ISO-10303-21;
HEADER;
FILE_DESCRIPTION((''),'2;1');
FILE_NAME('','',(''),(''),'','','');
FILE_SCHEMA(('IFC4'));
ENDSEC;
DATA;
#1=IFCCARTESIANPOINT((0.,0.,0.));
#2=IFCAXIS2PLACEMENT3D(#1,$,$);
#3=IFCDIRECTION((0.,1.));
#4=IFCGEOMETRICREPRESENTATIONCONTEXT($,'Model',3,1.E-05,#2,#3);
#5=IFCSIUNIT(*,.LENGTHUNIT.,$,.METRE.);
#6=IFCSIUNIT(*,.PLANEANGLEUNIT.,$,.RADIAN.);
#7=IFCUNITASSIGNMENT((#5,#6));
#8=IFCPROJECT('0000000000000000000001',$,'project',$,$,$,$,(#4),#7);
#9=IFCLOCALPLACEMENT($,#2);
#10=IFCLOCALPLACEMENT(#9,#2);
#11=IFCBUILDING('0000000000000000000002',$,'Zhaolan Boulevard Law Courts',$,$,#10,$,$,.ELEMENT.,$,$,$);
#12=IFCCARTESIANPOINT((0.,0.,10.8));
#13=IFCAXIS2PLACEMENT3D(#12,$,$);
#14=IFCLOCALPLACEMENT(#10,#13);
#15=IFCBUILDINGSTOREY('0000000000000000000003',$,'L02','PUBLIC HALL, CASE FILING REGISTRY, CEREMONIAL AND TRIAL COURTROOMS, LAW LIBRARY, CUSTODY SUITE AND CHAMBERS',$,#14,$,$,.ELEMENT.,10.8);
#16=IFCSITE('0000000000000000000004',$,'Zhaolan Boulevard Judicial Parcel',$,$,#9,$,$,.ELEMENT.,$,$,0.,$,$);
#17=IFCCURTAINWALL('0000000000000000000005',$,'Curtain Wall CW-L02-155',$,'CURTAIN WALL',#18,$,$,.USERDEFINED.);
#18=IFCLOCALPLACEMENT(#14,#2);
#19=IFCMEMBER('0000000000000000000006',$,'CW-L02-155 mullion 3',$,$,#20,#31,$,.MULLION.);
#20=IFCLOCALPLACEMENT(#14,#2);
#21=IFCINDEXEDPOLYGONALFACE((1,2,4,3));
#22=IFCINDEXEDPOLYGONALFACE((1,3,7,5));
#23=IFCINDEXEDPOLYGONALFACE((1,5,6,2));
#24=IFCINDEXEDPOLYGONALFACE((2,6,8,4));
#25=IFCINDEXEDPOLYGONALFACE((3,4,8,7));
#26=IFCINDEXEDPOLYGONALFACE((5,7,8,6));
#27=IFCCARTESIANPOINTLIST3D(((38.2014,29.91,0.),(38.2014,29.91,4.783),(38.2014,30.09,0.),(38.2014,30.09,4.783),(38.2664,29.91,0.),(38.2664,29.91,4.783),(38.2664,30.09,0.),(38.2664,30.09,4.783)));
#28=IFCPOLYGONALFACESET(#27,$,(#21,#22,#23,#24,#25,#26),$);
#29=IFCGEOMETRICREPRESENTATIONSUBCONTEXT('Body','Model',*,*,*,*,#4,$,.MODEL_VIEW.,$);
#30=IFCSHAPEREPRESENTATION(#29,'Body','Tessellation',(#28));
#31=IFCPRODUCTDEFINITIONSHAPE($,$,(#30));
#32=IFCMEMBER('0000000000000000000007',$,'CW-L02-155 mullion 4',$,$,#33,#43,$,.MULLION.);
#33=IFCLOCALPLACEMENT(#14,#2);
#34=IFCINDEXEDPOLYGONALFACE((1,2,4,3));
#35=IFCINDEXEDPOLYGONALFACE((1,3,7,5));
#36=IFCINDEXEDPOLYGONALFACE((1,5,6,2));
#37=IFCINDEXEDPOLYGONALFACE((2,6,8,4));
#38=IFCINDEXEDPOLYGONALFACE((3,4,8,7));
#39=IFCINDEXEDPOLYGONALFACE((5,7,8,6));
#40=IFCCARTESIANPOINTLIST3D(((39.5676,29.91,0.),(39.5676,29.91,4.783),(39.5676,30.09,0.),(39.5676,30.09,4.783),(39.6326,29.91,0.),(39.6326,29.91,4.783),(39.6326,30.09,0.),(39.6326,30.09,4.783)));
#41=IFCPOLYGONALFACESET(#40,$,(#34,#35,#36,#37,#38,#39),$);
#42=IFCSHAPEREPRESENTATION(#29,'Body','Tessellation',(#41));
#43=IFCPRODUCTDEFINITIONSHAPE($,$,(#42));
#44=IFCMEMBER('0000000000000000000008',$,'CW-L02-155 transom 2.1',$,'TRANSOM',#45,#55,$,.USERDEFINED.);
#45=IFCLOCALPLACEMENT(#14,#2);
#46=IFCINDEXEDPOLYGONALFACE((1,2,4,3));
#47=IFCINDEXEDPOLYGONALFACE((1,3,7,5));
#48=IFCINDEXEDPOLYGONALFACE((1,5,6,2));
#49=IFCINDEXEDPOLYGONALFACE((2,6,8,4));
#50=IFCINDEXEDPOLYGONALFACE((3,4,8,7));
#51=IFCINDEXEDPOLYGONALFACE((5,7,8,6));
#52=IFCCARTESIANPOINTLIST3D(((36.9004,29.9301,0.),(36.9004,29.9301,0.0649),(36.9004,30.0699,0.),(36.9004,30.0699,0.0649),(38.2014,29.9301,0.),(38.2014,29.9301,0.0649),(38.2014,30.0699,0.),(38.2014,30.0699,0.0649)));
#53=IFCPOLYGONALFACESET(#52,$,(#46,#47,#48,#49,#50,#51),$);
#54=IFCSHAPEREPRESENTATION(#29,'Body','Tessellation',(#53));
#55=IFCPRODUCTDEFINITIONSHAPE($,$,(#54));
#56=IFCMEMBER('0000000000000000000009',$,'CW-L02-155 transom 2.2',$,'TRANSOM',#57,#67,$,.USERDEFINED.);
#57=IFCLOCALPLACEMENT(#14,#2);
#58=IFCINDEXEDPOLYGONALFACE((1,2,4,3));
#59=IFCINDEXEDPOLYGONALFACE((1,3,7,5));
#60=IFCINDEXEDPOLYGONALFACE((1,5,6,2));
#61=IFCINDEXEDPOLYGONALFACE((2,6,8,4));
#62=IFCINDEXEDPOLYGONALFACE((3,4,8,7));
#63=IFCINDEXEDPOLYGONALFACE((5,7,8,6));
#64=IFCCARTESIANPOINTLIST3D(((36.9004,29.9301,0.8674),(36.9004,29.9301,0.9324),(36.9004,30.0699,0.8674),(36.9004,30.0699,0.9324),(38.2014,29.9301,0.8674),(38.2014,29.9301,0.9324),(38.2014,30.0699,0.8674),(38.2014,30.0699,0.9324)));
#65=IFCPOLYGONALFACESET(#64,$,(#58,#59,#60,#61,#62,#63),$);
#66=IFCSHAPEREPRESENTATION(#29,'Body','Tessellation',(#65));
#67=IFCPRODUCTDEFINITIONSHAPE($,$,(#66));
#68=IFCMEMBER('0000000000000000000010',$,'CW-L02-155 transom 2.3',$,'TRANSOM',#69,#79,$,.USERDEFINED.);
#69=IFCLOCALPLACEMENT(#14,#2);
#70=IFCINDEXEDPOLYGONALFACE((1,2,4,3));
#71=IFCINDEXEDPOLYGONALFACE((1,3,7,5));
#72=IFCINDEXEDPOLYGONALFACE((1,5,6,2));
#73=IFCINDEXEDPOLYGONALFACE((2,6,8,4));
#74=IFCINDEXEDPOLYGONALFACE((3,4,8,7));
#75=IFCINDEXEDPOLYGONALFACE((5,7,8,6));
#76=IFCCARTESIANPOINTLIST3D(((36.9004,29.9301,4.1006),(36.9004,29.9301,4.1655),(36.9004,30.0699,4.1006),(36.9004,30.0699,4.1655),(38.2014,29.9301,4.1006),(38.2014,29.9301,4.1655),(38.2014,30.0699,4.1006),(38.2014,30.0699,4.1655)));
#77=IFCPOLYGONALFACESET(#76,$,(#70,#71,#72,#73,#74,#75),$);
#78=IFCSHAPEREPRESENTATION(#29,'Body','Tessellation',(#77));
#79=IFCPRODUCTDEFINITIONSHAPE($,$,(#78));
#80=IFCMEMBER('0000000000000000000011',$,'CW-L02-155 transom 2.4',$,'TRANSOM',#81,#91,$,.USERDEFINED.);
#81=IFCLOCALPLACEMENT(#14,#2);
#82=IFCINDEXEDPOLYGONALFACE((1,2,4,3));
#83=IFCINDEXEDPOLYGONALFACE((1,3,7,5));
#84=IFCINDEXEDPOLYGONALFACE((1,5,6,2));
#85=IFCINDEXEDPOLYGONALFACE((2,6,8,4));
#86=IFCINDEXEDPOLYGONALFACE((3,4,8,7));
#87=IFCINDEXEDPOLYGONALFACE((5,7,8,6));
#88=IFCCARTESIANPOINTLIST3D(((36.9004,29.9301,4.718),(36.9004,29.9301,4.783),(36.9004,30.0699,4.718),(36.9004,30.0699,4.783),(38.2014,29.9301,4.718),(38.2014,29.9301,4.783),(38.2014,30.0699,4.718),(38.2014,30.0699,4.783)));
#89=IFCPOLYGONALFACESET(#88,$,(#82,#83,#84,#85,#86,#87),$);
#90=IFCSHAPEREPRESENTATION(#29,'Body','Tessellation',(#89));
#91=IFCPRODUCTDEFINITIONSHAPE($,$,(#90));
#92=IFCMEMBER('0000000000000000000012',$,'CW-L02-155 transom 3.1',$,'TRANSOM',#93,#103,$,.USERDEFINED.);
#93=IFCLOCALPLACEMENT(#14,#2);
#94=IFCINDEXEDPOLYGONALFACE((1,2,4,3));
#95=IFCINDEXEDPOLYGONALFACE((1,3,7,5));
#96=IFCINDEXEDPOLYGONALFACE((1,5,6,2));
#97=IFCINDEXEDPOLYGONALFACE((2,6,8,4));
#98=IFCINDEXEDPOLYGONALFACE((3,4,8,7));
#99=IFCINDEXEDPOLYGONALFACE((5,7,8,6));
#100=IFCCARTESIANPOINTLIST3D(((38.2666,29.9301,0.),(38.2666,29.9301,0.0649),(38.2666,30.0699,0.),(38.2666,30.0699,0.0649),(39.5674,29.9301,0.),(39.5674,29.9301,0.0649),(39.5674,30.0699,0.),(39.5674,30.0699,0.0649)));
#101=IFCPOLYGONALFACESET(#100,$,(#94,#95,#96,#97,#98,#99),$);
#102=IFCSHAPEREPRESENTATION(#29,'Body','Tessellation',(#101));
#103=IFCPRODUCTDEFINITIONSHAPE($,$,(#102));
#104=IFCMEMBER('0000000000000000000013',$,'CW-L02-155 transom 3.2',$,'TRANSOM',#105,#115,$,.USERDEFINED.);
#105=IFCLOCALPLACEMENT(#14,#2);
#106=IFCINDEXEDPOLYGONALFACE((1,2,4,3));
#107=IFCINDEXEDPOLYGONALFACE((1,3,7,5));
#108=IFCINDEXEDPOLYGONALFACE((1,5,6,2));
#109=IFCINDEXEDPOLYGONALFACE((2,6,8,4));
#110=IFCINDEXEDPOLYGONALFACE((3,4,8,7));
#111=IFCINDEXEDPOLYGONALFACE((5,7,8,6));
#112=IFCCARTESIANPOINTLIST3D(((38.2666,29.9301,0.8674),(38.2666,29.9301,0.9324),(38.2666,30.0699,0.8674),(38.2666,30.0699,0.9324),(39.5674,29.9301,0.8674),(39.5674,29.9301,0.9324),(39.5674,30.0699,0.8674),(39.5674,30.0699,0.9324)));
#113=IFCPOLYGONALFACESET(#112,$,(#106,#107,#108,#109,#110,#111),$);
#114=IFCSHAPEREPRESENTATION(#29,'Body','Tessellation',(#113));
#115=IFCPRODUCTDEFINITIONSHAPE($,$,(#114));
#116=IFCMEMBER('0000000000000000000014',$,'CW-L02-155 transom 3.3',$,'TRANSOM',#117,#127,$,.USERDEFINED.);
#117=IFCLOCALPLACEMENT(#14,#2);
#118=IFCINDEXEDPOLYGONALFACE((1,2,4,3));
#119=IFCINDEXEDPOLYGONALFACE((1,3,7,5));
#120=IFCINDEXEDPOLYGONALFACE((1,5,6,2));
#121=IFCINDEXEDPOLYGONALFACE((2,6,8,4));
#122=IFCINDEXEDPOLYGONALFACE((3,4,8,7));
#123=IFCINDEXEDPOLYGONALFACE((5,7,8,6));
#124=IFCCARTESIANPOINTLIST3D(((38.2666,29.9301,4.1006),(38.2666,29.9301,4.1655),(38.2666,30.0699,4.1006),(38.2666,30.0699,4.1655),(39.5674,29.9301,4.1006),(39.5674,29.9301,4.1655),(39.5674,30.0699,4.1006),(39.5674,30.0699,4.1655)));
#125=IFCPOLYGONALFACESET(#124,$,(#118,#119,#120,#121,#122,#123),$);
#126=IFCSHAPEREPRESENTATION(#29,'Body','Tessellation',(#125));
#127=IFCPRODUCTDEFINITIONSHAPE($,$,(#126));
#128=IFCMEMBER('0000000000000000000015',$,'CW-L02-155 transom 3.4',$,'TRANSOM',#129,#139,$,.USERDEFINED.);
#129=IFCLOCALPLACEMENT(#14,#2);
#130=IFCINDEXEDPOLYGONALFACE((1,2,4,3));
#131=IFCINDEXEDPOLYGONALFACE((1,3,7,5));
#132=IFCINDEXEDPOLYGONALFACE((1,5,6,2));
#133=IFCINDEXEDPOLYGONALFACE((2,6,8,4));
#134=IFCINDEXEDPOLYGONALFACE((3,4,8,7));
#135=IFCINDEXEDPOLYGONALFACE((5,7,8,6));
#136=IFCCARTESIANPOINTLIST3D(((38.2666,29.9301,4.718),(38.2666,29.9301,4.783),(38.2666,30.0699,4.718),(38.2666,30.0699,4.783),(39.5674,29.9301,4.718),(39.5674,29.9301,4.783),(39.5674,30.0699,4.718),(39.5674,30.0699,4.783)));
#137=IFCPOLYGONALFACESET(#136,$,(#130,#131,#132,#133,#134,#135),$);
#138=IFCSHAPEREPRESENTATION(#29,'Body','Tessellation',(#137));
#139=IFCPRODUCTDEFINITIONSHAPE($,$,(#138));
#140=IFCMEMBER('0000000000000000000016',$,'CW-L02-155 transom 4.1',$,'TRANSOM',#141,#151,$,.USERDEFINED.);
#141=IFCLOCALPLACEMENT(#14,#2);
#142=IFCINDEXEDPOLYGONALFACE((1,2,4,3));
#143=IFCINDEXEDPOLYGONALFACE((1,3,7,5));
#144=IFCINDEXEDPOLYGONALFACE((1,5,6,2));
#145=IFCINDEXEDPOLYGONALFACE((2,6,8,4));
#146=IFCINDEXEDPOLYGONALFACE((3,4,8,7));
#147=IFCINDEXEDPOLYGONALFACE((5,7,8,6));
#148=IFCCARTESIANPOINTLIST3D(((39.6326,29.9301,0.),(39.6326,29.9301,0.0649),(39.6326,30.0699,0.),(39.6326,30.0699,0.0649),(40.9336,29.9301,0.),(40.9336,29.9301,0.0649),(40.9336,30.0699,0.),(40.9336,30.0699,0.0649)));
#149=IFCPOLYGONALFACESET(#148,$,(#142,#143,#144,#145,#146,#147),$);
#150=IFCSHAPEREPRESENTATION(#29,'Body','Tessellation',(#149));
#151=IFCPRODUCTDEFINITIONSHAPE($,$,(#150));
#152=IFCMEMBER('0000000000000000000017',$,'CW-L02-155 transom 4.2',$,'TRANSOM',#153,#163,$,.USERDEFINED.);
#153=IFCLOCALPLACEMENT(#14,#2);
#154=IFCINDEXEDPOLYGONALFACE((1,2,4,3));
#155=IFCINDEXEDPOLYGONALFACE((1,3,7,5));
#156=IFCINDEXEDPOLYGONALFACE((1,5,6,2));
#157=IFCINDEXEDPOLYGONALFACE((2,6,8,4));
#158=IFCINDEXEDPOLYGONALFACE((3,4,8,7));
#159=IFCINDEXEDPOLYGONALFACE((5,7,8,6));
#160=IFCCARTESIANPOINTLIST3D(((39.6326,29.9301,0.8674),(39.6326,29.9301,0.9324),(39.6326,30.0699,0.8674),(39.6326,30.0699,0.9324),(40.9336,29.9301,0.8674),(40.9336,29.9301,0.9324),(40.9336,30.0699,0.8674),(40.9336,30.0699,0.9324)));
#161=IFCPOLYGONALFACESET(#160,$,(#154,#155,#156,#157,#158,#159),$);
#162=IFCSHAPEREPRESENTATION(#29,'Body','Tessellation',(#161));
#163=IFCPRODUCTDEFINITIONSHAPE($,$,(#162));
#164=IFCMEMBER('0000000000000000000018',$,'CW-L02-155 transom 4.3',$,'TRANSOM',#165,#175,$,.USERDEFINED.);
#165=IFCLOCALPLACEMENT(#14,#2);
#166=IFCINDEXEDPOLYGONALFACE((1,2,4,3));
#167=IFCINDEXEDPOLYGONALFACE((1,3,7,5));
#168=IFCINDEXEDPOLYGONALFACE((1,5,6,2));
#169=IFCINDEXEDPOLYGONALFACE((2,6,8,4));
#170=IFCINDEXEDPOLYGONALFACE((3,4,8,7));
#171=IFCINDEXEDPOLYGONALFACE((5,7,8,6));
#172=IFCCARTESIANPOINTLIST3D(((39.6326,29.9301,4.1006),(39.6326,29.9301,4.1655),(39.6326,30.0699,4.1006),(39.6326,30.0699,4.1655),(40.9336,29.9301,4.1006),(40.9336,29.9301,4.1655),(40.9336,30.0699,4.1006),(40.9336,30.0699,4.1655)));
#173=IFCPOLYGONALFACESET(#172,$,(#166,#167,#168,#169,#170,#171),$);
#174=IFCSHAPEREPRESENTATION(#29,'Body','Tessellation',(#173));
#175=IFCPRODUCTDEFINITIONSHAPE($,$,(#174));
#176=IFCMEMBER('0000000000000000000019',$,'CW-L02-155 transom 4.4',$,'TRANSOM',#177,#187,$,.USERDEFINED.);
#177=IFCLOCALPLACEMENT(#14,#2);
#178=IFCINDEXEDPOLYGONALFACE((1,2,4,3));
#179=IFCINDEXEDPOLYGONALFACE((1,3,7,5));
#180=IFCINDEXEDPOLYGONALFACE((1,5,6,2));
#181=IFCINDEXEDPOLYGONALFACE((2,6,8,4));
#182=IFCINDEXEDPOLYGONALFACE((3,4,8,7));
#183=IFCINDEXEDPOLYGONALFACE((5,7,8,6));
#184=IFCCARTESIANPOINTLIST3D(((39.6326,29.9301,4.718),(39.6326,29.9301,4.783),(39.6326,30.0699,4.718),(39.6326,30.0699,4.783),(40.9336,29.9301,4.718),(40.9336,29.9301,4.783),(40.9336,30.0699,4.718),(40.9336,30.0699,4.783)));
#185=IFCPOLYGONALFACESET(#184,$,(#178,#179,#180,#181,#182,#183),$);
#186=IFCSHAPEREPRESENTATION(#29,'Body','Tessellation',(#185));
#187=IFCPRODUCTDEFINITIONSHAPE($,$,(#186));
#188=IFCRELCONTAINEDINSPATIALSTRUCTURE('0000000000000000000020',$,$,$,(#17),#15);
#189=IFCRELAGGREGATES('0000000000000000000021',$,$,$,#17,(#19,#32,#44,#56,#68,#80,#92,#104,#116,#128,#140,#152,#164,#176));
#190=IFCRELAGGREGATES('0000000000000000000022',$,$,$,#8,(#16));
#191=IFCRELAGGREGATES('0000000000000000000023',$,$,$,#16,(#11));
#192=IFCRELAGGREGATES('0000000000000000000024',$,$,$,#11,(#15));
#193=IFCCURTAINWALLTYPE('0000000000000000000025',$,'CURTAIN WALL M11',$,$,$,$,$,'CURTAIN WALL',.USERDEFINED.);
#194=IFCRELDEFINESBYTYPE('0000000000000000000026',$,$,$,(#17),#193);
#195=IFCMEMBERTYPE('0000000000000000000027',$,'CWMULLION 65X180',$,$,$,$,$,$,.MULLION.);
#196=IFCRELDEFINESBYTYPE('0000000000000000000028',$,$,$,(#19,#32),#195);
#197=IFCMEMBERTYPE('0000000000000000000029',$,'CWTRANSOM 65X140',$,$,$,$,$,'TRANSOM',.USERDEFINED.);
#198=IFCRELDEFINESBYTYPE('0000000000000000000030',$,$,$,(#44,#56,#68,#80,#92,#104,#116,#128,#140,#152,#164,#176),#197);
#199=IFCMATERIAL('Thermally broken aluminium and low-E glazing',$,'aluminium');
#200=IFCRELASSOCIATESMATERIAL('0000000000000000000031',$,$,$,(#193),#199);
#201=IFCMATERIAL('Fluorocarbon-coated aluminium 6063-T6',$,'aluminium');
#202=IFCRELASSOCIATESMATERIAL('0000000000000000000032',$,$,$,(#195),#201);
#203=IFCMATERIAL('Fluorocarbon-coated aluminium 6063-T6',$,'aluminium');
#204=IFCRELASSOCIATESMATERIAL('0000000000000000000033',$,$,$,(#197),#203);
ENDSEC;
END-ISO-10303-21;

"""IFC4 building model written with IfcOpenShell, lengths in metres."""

from ifc_helpers import new_model, si_unit, direction, frame, origin, origin_2d, place, context, subcontext, project, spatial, rectangle, extrude, material, material_profile, profile_set, type_object, element, aggregate, save


model = new_model("IFC4")

# Units and contexts
model_context = context("Model", 3, precision=1e-05, world=origin(), true_north=direction((0.0, 1.0)))
body_context = subcontext(model_context, "Body", "Model", "MODEL_VIEW")
ifc_project = project(units=[si_unit("LENGTHUNIT", "METRE"), si_unit("PLANEANGLEUNIT", "RADIAN")], contexts=[model_context])

# Site, building, storey
site_placement = place(None, origin())
site = spatial("IfcSite", under=ifc_project, at=site_placement, Name="Zhaolan Boulevard Judicial Parcel", CompositionType="ELEMENT", RefElevation=0.0)
building_placement = place(site_placement, origin())
building = spatial("IfcBuilding", under=site, at=building_placement, Name="Zhaolan Boulevard Law Courts", CompositionType="ELEMENT")
storey_placement = place(building_placement, frame((0.0, 0.0, 10.8)))
storey = spatial("IfcBuildingStorey", under=building, at=storey_placement, Name="L02", Description="PUBLIC HALL, CASE FILING REGISTRY, CEREMONIAL AND TRIAL COURTROOMS, LAW LIBRARY, CUSTODY SUITE AND CHAMBERS", CompositionType="ELEMENT", Elevation=10.8)

# Curtain wall, members
ifc_material_1 = material(Name="Thermally broken aluminium and low-E glazing", Category="aluminium")
curtain_wall_type = type_object("IfcCurtainWallType", Name="CURTAIN WALL M11", ElementType="CURTAIN WALL", PredefinedType="USERDEFINED", material=ifc_material_1)
curtain_wall_placement = place(storey_placement, origin())
curtain_wall = element("IfcCurtainWall", 1, at=curtain_wall_placement, inside=storey, type_object=curtain_wall_type, Name="Curtain Wall CW-L02-155", ObjectType="CURTAIN WALL", PredefinedType="USERDEFINED")
ifc_material_2 = material(Name="Fluorocarbon-coated aluminium 6063-T6", Category="aluminium")
ifc_material_profile_1 = material_profile(ifc_material_2, rectangle(XDim=0.1799, YDim=0.0649, at=origin_2d()), Name="AL65x180")
ifc_profile_set_1 = profile_set([ifc_material_profile_1], Name="Fluorocarbon-coated aluminium 6063-T6")
member_type_1 = type_object("IfcMemberType", Name="CWMULLION 65X180", PredefinedType="MULLION", material=ifc_profile_set_1)
member_1_placement = place(storey_placement, frame((38.2339, 30.0, 0.0), z_axis=(0.0, 0.0, 1.0), x_axis=(0.0, 1.0, 0.0)))
member_1 = element("IfcMember", 2, at=member_1_placement, type_object=member_type_1, Name="CW-L02-155 mullion 3", PredefinedType="MULLION", context=body_context, shape_type="SweptSolid", body=[
    extrude(rectangle(XDim=0.1799, YDim=0.0649, at=origin_2d()), origin(), (0.0, 0.0, 1.0), 4.783),
])
member_2_placement = place(storey_placement, frame((39.6001, 30.0, 0.0), z_axis=(0.0, 0.0, 1.0), x_axis=(0.0, 1.0, 0.0)))
member_2 = element("IfcMember", 3, at=member_2_placement, type_object=member_type_1, Name="CW-L02-155 mullion 4", PredefinedType="MULLION", context=body_context, shape_type="SweptSolid", body=[
    extrude(rectangle(XDim=0.1799, YDim=0.0649, at=origin_2d()), origin(), (0.0, 0.0, 1.0), 4.783),
])
ifc_material_3 = material(Name="Fluorocarbon-coated aluminium 6063-T6", Category="aluminium")
ifc_material_profile_2 = material_profile(ifc_material_3, rectangle(XDim=0.1399, YDim=0.0649, at=origin_2d()), Name="AL65x140")
ifc_profile_set_2 = profile_set([ifc_material_profile_2], Name="Fluorocarbon-coated aluminium 6063-T6")
member_type_2 = type_object("IfcMemberType", Name="CWTRANSOM 65X140", ElementType="TRANSOM", PredefinedType="USERDEFINED", material=ifc_profile_set_2)
member_3_placement = place(storey_placement, frame((36.9004, 30.0, 0.0325), z_axis=(1.0, 0.0, 0.0), x_axis=(0.0, 1.0, 0.0)))
member_3 = element("IfcMember", 4, at=member_3_placement, type_object=member_type_2, Name="CW-L02-155 transom 2.1", ObjectType="TRANSOM", PredefinedType="USERDEFINED", context=body_context, shape_type="SweptSolid", body=[
    extrude(rectangle(XDim=0.1399, YDim=0.0649, at=origin_2d()), origin(), (0.0, 0.0, 1.0), 1.301),
])
member_4_placement = place(storey_placement, frame((36.9004, 30.0, 0.8999), z_axis=(1.0, 0.0, 0.0), x_axis=(0.0, 1.0, 0.0)))
member_4 = element("IfcMember", 5, at=member_4_placement, type_object=member_type_2, Name="CW-L02-155 transom 2.2", ObjectType="TRANSOM", PredefinedType="USERDEFINED", context=body_context, shape_type="SweptSolid", body=[
    extrude(rectangle(XDim=0.1399, YDim=0.0649, at=origin_2d()), origin(), (0.0, 0.0, 1.0), 1.301),
])
member_5_placement = place(storey_placement, frame((36.9004, 30.0, 4.1331), z_axis=(1.0, 0.0, 0.0), x_axis=(0.0, 1.0, 0.0)))
member_5 = element("IfcMember", 6, at=member_5_placement, type_object=member_type_2, Name="CW-L02-155 transom 2.3", ObjectType="TRANSOM", PredefinedType="USERDEFINED", context=body_context, shape_type="SweptSolid", body=[
    extrude(rectangle(XDim=0.1399, YDim=0.0649, at=origin_2d()), origin(), (0.0, 0.0, 1.0), 1.301),
])
member_6_placement = place(storey_placement, frame((36.9004, 30.0, 4.7505), z_axis=(1.0, 0.0, 0.0), x_axis=(0.0, 1.0, 0.0)))
member_6 = element("IfcMember", 7, at=member_6_placement, type_object=member_type_2, Name="CW-L02-155 transom 2.4", ObjectType="TRANSOM", PredefinedType="USERDEFINED", context=body_context, shape_type="SweptSolid", body=[
    extrude(rectangle(XDim=0.1399, YDim=0.0649, at=origin_2d()), origin(), (0.0, 0.0, 1.0), 1.301),
])
member_7_placement = place(storey_placement, frame((38.2666, 30.0, 0.0325), z_axis=(1.0, 0.0, 0.0), x_axis=(0.0, 1.0, 0.0)))
member_7 = element("IfcMember", 8, at=member_7_placement, type_object=member_type_2, Name="CW-L02-155 transom 3.1", ObjectType="TRANSOM", PredefinedType="USERDEFINED", context=body_context, shape_type="SweptSolid", body=[
    extrude(rectangle(XDim=0.1399, YDim=0.0649, at=origin_2d()), origin(), (0.0, 0.0, 1.0), 1.3008),
])
member_8_placement = place(storey_placement, frame((38.2666, 30.0, 0.8999), z_axis=(1.0, 0.0, 0.0), x_axis=(0.0, 1.0, 0.0)))
member_8 = element("IfcMember", 9, at=member_8_placement, type_object=member_type_2, Name="CW-L02-155 transom 3.2", ObjectType="TRANSOM", PredefinedType="USERDEFINED", context=body_context, shape_type="SweptSolid", body=[
    extrude(rectangle(XDim=0.1399, YDim=0.0649, at=origin_2d()), origin(), (0.0, 0.0, 1.0), 1.3008),
])
member_9_placement = place(storey_placement, frame((38.2666, 30.0, 4.1331), z_axis=(1.0, 0.0, 0.0), x_axis=(0.0, 1.0, 0.0)))
member_9 = element("IfcMember", 10, at=member_9_placement, type_object=member_type_2, Name="CW-L02-155 transom 3.3", ObjectType="TRANSOM", PredefinedType="USERDEFINED", context=body_context, shape_type="SweptSolid", body=[
    extrude(rectangle(XDim=0.1399, YDim=0.0649, at=origin_2d()), origin(), (0.0, 0.0, 1.0), 1.3008),
])
member_10_placement = place(storey_placement, frame((38.2666, 30.0, 4.7505), z_axis=(1.0, 0.0, 0.0), x_axis=(0.0, 1.0, 0.0)))
member_10 = element("IfcMember", 11, at=member_10_placement, type_object=member_type_2, Name="CW-L02-155 transom 3.4", ObjectType="TRANSOM", PredefinedType="USERDEFINED", context=body_context, shape_type="SweptSolid", body=[
    extrude(rectangle(XDim=0.1399, YDim=0.0649, at=origin_2d()), origin(), (0.0, 0.0, 1.0), 1.3008),
])
member_11_placement = place(storey_placement, frame((39.6326, 30.0, 0.0325), z_axis=(1.0, 0.0, 0.0), x_axis=(0.0, 1.0, 0.0)))
member_11 = element("IfcMember", 12, at=member_11_placement, type_object=member_type_2, Name="CW-L02-155 transom 4.1", ObjectType="TRANSOM", PredefinedType="USERDEFINED", context=body_context, shape_type="SweptSolid", body=[
    extrude(rectangle(XDim=0.1399, YDim=0.0649, at=origin_2d()), origin(), (0.0, 0.0, 1.0), 1.301),
])
member_12_placement = place(storey_placement, frame((39.6326, 30.0, 0.8999), z_axis=(1.0, 0.0, 0.0), x_axis=(0.0, 1.0, 0.0)))
member_12 = element("IfcMember", 13, at=member_12_placement, type_object=member_type_2, Name="CW-L02-155 transom 4.2", ObjectType="TRANSOM", PredefinedType="USERDEFINED", context=body_context, shape_type="SweptSolid", body=[
    extrude(rectangle(XDim=0.1399, YDim=0.0649, at=origin_2d()), origin(), (0.0, 0.0, 1.0), 1.301),
])
member_13_placement = place(storey_placement, frame((39.6326, 30.0, 4.1331), z_axis=(1.0, 0.0, 0.0), x_axis=(0.0, 1.0, 0.0)))
member_13 = element("IfcMember", 14, at=member_13_placement, type_object=member_type_2, Name="CW-L02-155 transom 4.3", ObjectType="TRANSOM", PredefinedType="USERDEFINED", context=body_context, shape_type="SweptSolid", body=[
    extrude(rectangle(XDim=0.1399, YDim=0.0649, at=origin_2d()), origin(), (0.0, 0.0, 1.0), 1.301),
])
member_14_placement = place(storey_placement, frame((39.6326, 30.0, 4.7505), z_axis=(1.0, 0.0, 0.0), x_axis=(0.0, 1.0, 0.0)))
member_14 = element("IfcMember", 15, at=member_14_placement, type_object=member_type_2, Name="CW-L02-155 transom 4.4", ObjectType="TRANSOM", PredefinedType="USERDEFINED", context=body_context, shape_type="SweptSolid", body=[
    extrude(rectangle(XDim=0.1399, YDim=0.0649, at=origin_2d()), origin(), (0.0, 0.0, 1.0), 1.301),
])

aggregate(curtain_wall, [member_1, member_2, member_3, member_4, member_5, member_6, member_7, member_8, member_9, member_10, member_11, member_12, member_13, member_14])

save(model, "model.ifc")
